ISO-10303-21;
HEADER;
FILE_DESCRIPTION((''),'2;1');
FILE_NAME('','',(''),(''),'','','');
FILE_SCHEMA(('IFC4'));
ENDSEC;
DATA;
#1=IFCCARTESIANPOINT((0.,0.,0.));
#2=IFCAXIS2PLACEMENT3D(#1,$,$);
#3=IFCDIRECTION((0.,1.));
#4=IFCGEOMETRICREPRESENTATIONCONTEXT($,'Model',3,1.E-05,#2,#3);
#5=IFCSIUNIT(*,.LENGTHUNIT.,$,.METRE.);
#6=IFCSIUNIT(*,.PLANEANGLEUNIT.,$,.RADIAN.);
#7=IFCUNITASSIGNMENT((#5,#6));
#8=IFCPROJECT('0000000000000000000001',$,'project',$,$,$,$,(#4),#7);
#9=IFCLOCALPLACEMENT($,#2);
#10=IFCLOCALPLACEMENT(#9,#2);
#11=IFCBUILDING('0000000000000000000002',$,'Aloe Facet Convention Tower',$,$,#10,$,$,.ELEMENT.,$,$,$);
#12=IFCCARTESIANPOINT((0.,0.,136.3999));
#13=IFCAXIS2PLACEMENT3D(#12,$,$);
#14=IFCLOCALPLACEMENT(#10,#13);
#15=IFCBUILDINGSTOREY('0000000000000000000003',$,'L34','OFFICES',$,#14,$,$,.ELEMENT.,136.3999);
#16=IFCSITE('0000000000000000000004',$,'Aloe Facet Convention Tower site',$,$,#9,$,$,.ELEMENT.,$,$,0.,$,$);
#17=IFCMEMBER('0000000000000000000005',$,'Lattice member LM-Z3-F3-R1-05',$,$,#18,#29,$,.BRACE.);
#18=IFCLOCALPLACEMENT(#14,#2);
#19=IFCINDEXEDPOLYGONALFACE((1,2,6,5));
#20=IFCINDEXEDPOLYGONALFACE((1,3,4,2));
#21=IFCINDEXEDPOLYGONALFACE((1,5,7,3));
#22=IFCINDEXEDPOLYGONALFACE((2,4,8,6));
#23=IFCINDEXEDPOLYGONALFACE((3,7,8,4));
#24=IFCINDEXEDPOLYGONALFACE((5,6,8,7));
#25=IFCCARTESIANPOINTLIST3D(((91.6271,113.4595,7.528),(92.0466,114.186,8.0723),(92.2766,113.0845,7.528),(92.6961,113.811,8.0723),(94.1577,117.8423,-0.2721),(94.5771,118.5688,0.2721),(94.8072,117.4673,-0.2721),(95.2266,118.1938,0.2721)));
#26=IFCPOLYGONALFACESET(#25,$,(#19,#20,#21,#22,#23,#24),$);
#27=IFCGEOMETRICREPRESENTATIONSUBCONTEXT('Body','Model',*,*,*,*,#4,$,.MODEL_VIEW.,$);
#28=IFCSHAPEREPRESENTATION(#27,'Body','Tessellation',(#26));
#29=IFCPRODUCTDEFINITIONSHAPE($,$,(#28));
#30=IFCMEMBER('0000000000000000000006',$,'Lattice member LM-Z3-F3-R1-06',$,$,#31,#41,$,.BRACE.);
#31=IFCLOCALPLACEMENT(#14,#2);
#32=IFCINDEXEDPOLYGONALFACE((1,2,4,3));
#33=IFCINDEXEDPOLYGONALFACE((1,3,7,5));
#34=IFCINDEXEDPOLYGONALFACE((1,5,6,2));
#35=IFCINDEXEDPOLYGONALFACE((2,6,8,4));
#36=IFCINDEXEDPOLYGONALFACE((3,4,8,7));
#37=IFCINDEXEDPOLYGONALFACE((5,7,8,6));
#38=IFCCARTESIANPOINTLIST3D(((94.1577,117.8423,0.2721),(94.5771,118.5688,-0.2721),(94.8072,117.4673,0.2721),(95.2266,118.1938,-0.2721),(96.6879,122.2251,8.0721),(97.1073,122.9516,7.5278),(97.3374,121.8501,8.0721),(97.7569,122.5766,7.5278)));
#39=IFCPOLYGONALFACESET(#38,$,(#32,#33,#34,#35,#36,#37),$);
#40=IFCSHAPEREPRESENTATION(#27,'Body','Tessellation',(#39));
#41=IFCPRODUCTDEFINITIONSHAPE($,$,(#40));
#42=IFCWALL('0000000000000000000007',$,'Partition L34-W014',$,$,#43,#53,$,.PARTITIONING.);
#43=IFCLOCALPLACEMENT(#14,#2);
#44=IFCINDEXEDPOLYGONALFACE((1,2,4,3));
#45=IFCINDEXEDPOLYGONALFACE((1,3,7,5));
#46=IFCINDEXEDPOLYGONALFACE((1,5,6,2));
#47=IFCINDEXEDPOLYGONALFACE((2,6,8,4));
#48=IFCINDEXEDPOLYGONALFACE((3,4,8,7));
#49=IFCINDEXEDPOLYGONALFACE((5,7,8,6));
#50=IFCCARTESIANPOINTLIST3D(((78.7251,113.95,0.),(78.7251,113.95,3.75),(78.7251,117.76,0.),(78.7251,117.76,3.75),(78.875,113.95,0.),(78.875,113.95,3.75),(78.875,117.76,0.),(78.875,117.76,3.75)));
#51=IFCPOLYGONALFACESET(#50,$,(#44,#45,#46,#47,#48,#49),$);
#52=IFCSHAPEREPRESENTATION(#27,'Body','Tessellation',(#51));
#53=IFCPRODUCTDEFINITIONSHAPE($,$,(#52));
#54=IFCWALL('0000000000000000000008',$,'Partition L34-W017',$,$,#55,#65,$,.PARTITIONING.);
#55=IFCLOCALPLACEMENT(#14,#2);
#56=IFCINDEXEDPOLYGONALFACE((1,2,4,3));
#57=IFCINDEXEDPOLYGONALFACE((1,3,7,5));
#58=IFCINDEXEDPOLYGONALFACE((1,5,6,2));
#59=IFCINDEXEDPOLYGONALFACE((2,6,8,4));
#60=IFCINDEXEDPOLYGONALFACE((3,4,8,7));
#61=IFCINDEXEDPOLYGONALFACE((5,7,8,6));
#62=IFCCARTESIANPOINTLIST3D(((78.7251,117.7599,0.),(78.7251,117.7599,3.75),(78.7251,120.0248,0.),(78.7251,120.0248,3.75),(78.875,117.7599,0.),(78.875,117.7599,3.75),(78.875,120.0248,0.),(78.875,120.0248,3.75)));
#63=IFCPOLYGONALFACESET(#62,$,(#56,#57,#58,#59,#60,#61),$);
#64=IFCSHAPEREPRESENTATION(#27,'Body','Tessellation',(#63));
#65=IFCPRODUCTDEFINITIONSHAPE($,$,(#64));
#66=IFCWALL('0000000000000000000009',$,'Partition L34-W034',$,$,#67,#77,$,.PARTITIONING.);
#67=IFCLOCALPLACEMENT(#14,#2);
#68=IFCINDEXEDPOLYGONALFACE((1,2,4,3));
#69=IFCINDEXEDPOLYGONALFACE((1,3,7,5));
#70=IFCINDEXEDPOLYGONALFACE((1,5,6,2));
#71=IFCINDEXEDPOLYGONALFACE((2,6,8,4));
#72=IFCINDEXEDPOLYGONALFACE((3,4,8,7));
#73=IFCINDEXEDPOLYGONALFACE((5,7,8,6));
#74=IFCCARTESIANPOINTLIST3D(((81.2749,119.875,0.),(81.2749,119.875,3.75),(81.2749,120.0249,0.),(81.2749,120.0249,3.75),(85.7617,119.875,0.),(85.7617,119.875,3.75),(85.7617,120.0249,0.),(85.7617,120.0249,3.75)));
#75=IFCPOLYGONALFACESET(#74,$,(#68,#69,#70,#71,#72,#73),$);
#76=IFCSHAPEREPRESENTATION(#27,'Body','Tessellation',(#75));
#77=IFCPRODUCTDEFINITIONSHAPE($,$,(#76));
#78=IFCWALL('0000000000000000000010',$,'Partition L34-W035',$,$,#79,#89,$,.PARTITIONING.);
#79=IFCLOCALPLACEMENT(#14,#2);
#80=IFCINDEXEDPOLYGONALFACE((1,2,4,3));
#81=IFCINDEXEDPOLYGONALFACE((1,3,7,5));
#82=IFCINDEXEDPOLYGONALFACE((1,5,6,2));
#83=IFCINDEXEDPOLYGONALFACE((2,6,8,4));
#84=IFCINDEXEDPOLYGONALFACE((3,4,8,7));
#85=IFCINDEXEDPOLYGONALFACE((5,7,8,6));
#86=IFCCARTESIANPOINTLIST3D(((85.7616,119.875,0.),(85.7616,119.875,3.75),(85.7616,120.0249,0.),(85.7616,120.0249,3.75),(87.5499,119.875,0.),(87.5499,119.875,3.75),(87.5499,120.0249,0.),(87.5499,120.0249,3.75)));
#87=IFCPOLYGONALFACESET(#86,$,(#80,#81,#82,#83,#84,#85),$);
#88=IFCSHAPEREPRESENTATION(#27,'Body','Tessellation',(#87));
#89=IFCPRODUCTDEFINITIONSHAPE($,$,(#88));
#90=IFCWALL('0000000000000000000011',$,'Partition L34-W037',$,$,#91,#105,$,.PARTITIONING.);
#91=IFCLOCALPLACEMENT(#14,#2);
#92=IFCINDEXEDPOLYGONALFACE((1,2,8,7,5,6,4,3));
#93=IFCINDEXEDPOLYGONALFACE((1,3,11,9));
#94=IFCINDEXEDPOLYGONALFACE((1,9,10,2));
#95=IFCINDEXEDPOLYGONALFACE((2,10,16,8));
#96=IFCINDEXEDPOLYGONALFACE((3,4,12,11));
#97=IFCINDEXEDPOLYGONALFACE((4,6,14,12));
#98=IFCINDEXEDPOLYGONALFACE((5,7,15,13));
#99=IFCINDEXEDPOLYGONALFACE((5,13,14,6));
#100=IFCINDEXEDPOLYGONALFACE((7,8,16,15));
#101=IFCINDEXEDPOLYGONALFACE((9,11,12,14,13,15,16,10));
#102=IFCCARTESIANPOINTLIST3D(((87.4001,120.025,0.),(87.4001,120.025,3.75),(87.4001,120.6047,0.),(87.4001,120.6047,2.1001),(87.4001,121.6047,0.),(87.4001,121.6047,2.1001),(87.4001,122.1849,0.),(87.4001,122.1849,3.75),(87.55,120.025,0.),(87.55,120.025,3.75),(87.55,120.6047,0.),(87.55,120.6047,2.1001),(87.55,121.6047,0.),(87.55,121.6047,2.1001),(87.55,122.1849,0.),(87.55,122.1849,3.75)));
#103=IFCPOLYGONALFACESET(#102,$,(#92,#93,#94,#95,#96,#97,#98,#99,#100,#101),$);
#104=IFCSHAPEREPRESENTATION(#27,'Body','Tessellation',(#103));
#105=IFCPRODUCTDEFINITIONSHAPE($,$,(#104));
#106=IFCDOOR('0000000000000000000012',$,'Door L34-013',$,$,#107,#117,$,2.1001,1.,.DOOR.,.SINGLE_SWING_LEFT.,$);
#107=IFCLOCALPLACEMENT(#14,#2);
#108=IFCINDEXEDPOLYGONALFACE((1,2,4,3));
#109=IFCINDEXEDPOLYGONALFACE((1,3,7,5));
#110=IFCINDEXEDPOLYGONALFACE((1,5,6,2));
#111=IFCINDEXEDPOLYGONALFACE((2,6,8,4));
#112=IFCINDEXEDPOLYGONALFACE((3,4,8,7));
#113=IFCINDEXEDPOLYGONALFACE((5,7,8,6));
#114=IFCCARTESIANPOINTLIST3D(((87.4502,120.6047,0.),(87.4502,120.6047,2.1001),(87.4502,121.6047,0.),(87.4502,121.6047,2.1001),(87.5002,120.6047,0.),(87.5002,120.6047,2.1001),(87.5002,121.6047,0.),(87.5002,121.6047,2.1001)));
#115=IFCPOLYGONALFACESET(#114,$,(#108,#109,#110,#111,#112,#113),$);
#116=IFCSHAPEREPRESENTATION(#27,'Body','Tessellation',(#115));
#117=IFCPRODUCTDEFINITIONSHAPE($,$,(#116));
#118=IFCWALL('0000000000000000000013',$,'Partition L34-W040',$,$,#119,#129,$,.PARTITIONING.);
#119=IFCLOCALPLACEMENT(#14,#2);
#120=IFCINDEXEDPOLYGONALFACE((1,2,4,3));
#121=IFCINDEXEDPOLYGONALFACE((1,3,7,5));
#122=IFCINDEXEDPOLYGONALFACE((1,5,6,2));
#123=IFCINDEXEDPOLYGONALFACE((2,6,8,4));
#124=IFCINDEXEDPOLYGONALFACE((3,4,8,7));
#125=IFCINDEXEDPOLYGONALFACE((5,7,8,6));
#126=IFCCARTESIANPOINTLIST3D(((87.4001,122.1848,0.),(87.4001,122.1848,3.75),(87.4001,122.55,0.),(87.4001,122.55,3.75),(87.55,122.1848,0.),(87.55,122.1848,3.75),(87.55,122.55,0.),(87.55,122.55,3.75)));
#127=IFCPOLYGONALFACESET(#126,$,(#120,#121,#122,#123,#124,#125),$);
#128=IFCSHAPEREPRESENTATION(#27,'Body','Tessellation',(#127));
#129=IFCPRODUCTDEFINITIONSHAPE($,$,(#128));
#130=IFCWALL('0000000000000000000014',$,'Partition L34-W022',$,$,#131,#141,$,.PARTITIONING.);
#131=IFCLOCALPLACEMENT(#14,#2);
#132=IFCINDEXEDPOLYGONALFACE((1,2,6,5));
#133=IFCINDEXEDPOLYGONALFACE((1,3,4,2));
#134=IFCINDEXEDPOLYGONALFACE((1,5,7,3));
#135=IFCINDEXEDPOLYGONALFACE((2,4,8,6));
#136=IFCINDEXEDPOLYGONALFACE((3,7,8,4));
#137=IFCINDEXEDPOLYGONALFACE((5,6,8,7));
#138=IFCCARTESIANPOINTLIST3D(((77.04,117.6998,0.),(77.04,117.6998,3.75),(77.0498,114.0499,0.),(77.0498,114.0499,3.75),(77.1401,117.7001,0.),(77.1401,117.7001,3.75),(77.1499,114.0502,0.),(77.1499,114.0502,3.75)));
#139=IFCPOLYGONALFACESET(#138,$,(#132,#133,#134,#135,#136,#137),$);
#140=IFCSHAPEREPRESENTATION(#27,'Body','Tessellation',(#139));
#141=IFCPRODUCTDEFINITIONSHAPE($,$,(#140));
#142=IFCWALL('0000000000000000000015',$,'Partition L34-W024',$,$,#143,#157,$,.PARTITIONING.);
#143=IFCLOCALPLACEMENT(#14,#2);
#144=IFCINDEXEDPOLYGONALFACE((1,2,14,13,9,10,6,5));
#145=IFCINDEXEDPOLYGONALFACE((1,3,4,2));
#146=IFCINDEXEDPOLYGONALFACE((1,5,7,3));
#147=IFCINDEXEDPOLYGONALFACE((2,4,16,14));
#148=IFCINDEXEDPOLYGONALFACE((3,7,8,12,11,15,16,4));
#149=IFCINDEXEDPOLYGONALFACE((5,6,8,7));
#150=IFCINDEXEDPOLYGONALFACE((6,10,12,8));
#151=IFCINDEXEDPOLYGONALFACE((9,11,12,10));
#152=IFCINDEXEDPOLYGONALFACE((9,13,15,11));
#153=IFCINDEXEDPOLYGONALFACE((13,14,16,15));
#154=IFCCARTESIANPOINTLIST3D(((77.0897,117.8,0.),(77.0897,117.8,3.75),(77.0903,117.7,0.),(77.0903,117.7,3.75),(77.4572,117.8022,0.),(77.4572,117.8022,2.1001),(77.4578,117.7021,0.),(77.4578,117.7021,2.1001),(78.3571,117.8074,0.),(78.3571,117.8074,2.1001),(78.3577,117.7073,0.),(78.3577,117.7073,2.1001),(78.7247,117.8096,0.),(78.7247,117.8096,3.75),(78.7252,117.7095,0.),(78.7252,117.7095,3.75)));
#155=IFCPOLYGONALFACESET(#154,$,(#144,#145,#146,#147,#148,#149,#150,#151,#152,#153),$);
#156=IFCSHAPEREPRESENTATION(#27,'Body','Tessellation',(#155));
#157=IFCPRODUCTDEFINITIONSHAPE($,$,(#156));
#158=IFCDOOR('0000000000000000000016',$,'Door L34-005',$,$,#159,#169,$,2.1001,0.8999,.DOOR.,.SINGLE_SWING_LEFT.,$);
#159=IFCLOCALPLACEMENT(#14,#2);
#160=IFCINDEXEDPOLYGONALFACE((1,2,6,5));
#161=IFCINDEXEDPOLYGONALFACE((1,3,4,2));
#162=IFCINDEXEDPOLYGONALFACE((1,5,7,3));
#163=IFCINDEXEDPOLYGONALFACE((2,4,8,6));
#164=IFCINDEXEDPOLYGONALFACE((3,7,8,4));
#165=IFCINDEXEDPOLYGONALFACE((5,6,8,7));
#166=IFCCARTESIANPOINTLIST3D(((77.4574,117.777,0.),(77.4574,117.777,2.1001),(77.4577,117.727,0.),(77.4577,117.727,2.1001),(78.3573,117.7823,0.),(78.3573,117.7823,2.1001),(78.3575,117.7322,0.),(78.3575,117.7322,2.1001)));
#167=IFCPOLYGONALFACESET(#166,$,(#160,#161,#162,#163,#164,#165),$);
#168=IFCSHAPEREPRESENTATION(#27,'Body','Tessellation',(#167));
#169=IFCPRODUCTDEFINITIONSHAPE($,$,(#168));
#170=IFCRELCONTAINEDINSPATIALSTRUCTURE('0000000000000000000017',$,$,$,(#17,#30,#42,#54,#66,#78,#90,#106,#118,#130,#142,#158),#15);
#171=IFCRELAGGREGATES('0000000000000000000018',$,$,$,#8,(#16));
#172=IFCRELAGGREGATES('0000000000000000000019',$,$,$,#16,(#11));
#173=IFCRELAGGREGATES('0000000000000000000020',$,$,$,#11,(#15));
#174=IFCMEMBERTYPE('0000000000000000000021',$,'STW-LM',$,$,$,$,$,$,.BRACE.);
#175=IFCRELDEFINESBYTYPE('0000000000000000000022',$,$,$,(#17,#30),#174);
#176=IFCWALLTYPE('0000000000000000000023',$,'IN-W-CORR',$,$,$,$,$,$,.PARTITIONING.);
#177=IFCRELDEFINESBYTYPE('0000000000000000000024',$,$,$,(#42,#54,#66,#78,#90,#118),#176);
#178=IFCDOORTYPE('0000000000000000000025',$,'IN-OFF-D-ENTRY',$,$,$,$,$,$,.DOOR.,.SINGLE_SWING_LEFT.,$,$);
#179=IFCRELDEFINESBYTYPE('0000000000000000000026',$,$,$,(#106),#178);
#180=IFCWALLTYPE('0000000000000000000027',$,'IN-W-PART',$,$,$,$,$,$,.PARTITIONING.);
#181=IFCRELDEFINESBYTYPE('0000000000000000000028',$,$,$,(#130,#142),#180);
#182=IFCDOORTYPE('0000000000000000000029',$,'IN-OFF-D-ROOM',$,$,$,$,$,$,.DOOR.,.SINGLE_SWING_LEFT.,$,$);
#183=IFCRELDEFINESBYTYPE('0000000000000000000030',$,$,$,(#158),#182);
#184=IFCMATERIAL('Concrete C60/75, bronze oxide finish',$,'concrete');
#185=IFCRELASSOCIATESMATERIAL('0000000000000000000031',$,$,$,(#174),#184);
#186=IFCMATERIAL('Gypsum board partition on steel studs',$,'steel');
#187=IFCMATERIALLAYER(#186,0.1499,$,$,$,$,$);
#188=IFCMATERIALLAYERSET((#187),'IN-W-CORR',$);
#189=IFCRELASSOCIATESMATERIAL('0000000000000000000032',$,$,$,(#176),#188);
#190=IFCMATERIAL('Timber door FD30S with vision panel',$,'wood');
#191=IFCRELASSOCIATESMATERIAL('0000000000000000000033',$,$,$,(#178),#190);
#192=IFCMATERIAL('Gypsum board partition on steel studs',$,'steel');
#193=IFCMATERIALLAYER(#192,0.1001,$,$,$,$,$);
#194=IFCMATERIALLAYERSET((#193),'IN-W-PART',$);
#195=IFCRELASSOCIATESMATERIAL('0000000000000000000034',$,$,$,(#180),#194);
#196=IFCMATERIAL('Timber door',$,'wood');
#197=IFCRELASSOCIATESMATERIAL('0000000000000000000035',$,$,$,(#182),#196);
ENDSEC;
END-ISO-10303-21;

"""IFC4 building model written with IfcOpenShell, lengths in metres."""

from ifc_helpers import new_model, si_unit, direction, frame, frame_2d, origin, origin_2d, place, context, subcontext, project, spatial, rectangle, extrude, material, layer, layer_set, material_profile, profile_set, type_object, element, fill, save


model = new_model("IFC4")

# Units and contexts
model_context = context("Model", 3, precision=1e-05, world=origin(), true_north=direction((0.0, 1.0)))
body_context = subcontext(model_context, "Body", "Model", "MODEL_VIEW")
ifc_project = project(units=[si_unit("LENGTHUNIT", "METRE"), si_unit("PLANEANGLEUNIT", "RADIAN")], contexts=[model_context])

# Site, building, storey
site_placement = place(None, origin())
site = spatial("IfcSite", under=ifc_project, at=site_placement, Name="Aloe Facet Convention Tower site", CompositionType="ELEMENT", RefElevation=0.0)
building_placement = place(site_placement, origin())
building = spatial("IfcBuilding", under=site, at=building_placement, Name="Aloe Facet Convention Tower", CompositionType="ELEMENT")
storey_placement = place(building_placement, frame((0.0, 0.0, 136.3999)))
storey = spatial("IfcBuildingStorey", under=building, at=storey_placement, Name="L34", Description="OFFICES", CompositionType="ELEMENT", Elevation=136.3999)

# Members
ifc_material_1 = material(Name="Concrete C60/75, bronze oxide finish", Category="concrete")
ifc_material_profile_1 = material_profile(ifc_material_1, rectangle(XDim=0.75, YDim=1.0, at=origin_2d()), Name="STW-LM")
ifc_profile_set_1 = profile_set([ifc_material_profile_1], Name="Concrete C60/75, bronze oxide finish")
member_type = type_object("IfcMemberType", Name="STW-LM", PredefinedType="BRACE", material=ifc_profile_set_1)
member_1_placement = place(storey_placement, frame((94.6921, 118.0181, 0.0), z_axis=(-0.272156, -0.47137, 0.838893), x_axis=(0.866017, -0.500015, 0.0)))
element("IfcMember", 1, at=member_1_placement, inside=storey, type_object=member_type, Name="Lattice member LM-Z3-F3-R1-05", PredefinedType="BRACE", context=body_context, shape_type="SweptSolid", body=[
    extrude(rectangle(XDim=0.75, YDim=1.0, at=origin_2d()), origin(), (0.0, 0.0, 1.0), 9.2981),
])
member_2_placement = place(storey_placement, frame((94.6921, 118.0181, 0.0), z_axis=(0.272132, 0.471373, 0.838899), x_axis=(-0.866038, 0.499979, 0.0)))
element("IfcMember", 2, at=member_2_placement, inside=storey, type_object=member_type, Name="Lattice member LM-Z3-F3-R1-06", PredefinedType="BRACE", context=body_context, shape_type="SweptSolid", body=[
    extrude(rectangle(XDim=0.75, YDim=1.0, at=origin_2d()), origin(), (0.0, 0.0, 1.0), 9.2979),
])

# Walls
ifc_material_2 = material(Name="Gypsum board partition on steel studs", Category="steel")
ifc_layer_1 = layer(ifc_material_2, 0.1499)
ifc_layer_set_1 = layer_set([ifc_layer_1], Name="IN-W-CORR")
wall_type_1 = type_object("IfcWallType", Name="IN-W-CORR", PredefinedType="PARTITIONING", material=ifc_layer_set_1)
wall_1_placement = place(storey_placement, frame((78.8, 113.95, 0.0), z_axis=(0.0, 0.0, 1.0), x_axis=(0.0, 1.0, 0.0)))
element("IfcWall", 3, at=wall_1_placement, inside=storey, type_object=wall_type_1, Name="Partition L34-W014", PredefinedType="PARTITIONING", context=body_context, shape_type="SweptSolid", body=[
    extrude(rectangle(XDim=3.8101, YDim=0.1499, at=frame_2d((1.905, 0.0))), origin(), (0.0, 0.0, 1.0), 3.75),
])
wall_2_placement = place(storey_placement, frame((78.8, 117.76, 0.0), z_axis=(0.0, 0.0, 1.0), x_axis=(0.0, 1.0, 0.0)))
element("IfcWall", 4, at=wall_2_placement, inside=storey, type_object=wall_type_1, Name="Partition L34-W017", PredefinedType="PARTITIONING", context=body_context, shape_type="SweptSolid", body=[
    extrude(rectangle(XDim=2.2649, YDim=0.1499, at=frame_2d((1.1323, 0.0))), origin(), (0.0, 0.0, 1.0), 3.75),
])

# Shared definitions
ifc_material_3 = material(Name="Timber door FD30S with vision panel", Category="wood")
door_type_1 = type_object("IfcDoorType", Name="IN-OFF-D-ENTRY", OperationType="SINGLE_SWING_LEFT", PredefinedType="DOOR", material=ifc_material_3)

# Walls
wall_3_placement = place(storey_placement, frame((81.2749, 119.95, 0.0), z_axis=(0.0, 0.0, 1.0), x_axis=(1.0, 0.0, 0.0)))
element("IfcWall", 5, at=wall_3_placement, inside=storey, type_object=wall_type_1, Name="Partition L34-W034", PredefinedType="PARTITIONING", context=body_context, shape_type="SweptSolid", body=[
    extrude(rectangle(XDim=4.4868, YDim=0.1499, at=frame_2d((2.2434, 0.0))), origin(), (0.0, 0.0, 1.0), 3.75),
])
wall_4_placement = place(storey_placement, frame((85.7617, 119.95, 0.0), z_axis=(0.0, 0.0, 1.0), x_axis=(1.0, 0.0, 0.0)))
element("IfcWall", 6, at=wall_4_placement, inside=storey, type_object=wall_type_1, Name="Partition L34-W035", PredefinedType="PARTITIONING", context=body_context, shape_type="SweptSolid", body=[
    extrude(rectangle(XDim=1.7883, YDim=0.1499, at=frame_2d((0.894, 0.0))), origin(), (0.0, 0.0, 1.0), 3.75),
])

# Wall, opening, door
wall_5_placement = place(storey_placement, frame((87.4751, 120.0249, 0.0), z_axis=(0.0, 0.0, 1.0), x_axis=(0.0, 1.0, 0.0)))
wall_5 = element("IfcWall", 7, at=wall_5_placement, inside=storey, type_object=wall_type_1, Name="Partition L34-W037", PredefinedType="PARTITIONING", context=body_context, shape_type="SweptSolid", body=[
    extrude(rectangle(XDim=2.1599, YDim=0.1499, at=frame_2d((1.0801, 0.0))), origin(), (0.0, 0.0, 1.0), 3.75),
])
opening_1_placement = place(wall_5_placement, frame((0.5798, 0.0, 0.0)))
opening_1 = element("IfcOpeningElement", 8, at=opening_1_placement, cuts=wall_5, PredefinedType="OPENING", context=body_context, shape_type="SweptSolid", body=[
    extrude(rectangle(XDim=1.0, YDim=2.1001, at=frame_2d((0.5, 1.05))), frame((0.0, 0.085, 0.0), z_axis=(0.0, -1.0, 0.0), x_axis=(1.0, 0.0, 0.0)), (0.0, 0.0, 1.0), 0.1699),
])
door_1_placement = place(opening_1_placement, origin())
door_1 = element("IfcDoor", 9, at=door_1_placement, inside=storey, type_object=door_type_1, Name="Door L34-013", OperationType="SINGLE_SWING_LEFT", OverallHeight=2.1001, OverallWidth=1.0, PredefinedType="DOOR", context=body_context, shape_type="SweptSolid", body=[
    extrude(rectangle(XDim=1.0, YDim=2.1001, at=frame_2d((0.5, 1.05))), frame((0.0, 0.0249, 0.0), z_axis=(0.0, -1.0, 0.0), x_axis=(1.0, 0.0, 0.0)), (0.0, 0.0, 1.0), 0.05),
])
fill(opening_1, door_1)

# Walls
wall_6_placement = place(storey_placement, frame((87.4751, 122.1848, 0.0), z_axis=(0.0, 0.0, 1.0), x_axis=(0.0, 1.0, 0.0)))
element("IfcWall", 10, at=wall_6_placement, inside=storey, type_object=wall_type_1, Name="Partition L34-W040", PredefinedType="PARTITIONING", context=body_context, shape_type="SweptSolid", body=[
    extrude(rectangle(XDim=0.3652, YDim=0.1499, at=frame_2d((0.1826, 0.0))), origin(), (0.0, 0.0, 1.0), 3.75),
])
ifc_material_4 = material(Name="Gypsum board partition on steel studs", Category="steel")
ifc_layer_2 = layer(ifc_material_4, 0.1001)
ifc_layer_set_2 = layer_set([ifc_layer_2], Name="IN-W-PART")
wall_type_2 = type_object("IfcWallType", Name="IN-W-PART", PredefinedType="PARTITIONING", material=ifc_layer_set_2)
wall_7_placement = place(storey_placement, frame((77.0999, 114.05, 0.0), z_axis=(0.0, 0.0, 1.0), x_axis=(-0.002676, 0.999996, 0.0)))
element("IfcWall", 11, at=wall_7_placement, inside=storey, type_object=wall_type_2, Name="Partition L34-W022", PredefinedType="PARTITIONING", context=body_context, shape_type="SweptSolid", body=[
    extrude(rectangle(XDim=3.6499, YDim=0.1001, at=frame_2d((1.825, 0.0))), origin(), (0.0, 0.0, 1.0), 3.75),
])

# Wall, opening, door
wall_8_placement = place(storey_placement, frame((77.0901, 117.75, 0.0), z_axis=(0.0, 0.0, 1.0), x_axis=(0.999983, 0.005823, 0.0)))
wall_8 = element("IfcWall", 12, at=wall_8_placement, inside=storey, type_object=wall_type_2, Name="Partition L34-W024", PredefinedType="PARTITIONING", context=body_context, shape_type="SweptSolid", body=[
    extrude(rectangle(XDim=1.635, YDim=0.1001, at=frame_2d((0.8174, 0.0))), origin(), (0.0, 0.0, 1.0), 3.75),
])
opening_2_placement = place(wall_8_placement, frame((0.3674, 0.0, 0.0)))
opening_2 = element("IfcOpeningElement", 13, at=opening_2_placement, cuts=wall_8, PredefinedType="OPENING", context=body_context, shape_type="SweptSolid", body=[
    extrude(rectangle(XDim=0.8999, YDim=2.1001, at=frame_2d((0.45, 1.05))), frame((0.0, 0.0601, 0.0), z_axis=(0.0, -1.0, 0.0), x_axis=(1.0, 0.0, 0.0)), (0.0, 0.0, 1.0), 0.1201),
])
ifc_material_5 = material(Name="Timber door", Category="wood")
door_type_2 = type_object("IfcDoorType", Name="IN-OFF-D-ROOM", OperationType="SINGLE_SWING_LEFT", PredefinedType="DOOR", material=ifc_material_5)
door_2_placement = place(opening_2_placement, origin())
door_2 = element("IfcDoor", 14, at=door_2_placement, inside=storey, type_object=door_type_2, Name="Door L34-005", OperationType="SINGLE_SWING_LEFT", OverallHeight=2.1001, OverallWidth=0.8999, PredefinedType="DOOR", context=body_context, shape_type="SweptSolid", body=[
    extrude(rectangle(XDim=0.8999, YDim=2.1001, at=frame_2d((0.45, 1.05))), frame((0.0, 0.0249, 0.0), z_axis=(0.0, -1.0, 0.0), x_axis=(1.0, 0.0, 0.0)), (0.0, 0.0, 1.0), 0.05),
])
fill(opening_2, door_2)

save(model, "model.ifc")
